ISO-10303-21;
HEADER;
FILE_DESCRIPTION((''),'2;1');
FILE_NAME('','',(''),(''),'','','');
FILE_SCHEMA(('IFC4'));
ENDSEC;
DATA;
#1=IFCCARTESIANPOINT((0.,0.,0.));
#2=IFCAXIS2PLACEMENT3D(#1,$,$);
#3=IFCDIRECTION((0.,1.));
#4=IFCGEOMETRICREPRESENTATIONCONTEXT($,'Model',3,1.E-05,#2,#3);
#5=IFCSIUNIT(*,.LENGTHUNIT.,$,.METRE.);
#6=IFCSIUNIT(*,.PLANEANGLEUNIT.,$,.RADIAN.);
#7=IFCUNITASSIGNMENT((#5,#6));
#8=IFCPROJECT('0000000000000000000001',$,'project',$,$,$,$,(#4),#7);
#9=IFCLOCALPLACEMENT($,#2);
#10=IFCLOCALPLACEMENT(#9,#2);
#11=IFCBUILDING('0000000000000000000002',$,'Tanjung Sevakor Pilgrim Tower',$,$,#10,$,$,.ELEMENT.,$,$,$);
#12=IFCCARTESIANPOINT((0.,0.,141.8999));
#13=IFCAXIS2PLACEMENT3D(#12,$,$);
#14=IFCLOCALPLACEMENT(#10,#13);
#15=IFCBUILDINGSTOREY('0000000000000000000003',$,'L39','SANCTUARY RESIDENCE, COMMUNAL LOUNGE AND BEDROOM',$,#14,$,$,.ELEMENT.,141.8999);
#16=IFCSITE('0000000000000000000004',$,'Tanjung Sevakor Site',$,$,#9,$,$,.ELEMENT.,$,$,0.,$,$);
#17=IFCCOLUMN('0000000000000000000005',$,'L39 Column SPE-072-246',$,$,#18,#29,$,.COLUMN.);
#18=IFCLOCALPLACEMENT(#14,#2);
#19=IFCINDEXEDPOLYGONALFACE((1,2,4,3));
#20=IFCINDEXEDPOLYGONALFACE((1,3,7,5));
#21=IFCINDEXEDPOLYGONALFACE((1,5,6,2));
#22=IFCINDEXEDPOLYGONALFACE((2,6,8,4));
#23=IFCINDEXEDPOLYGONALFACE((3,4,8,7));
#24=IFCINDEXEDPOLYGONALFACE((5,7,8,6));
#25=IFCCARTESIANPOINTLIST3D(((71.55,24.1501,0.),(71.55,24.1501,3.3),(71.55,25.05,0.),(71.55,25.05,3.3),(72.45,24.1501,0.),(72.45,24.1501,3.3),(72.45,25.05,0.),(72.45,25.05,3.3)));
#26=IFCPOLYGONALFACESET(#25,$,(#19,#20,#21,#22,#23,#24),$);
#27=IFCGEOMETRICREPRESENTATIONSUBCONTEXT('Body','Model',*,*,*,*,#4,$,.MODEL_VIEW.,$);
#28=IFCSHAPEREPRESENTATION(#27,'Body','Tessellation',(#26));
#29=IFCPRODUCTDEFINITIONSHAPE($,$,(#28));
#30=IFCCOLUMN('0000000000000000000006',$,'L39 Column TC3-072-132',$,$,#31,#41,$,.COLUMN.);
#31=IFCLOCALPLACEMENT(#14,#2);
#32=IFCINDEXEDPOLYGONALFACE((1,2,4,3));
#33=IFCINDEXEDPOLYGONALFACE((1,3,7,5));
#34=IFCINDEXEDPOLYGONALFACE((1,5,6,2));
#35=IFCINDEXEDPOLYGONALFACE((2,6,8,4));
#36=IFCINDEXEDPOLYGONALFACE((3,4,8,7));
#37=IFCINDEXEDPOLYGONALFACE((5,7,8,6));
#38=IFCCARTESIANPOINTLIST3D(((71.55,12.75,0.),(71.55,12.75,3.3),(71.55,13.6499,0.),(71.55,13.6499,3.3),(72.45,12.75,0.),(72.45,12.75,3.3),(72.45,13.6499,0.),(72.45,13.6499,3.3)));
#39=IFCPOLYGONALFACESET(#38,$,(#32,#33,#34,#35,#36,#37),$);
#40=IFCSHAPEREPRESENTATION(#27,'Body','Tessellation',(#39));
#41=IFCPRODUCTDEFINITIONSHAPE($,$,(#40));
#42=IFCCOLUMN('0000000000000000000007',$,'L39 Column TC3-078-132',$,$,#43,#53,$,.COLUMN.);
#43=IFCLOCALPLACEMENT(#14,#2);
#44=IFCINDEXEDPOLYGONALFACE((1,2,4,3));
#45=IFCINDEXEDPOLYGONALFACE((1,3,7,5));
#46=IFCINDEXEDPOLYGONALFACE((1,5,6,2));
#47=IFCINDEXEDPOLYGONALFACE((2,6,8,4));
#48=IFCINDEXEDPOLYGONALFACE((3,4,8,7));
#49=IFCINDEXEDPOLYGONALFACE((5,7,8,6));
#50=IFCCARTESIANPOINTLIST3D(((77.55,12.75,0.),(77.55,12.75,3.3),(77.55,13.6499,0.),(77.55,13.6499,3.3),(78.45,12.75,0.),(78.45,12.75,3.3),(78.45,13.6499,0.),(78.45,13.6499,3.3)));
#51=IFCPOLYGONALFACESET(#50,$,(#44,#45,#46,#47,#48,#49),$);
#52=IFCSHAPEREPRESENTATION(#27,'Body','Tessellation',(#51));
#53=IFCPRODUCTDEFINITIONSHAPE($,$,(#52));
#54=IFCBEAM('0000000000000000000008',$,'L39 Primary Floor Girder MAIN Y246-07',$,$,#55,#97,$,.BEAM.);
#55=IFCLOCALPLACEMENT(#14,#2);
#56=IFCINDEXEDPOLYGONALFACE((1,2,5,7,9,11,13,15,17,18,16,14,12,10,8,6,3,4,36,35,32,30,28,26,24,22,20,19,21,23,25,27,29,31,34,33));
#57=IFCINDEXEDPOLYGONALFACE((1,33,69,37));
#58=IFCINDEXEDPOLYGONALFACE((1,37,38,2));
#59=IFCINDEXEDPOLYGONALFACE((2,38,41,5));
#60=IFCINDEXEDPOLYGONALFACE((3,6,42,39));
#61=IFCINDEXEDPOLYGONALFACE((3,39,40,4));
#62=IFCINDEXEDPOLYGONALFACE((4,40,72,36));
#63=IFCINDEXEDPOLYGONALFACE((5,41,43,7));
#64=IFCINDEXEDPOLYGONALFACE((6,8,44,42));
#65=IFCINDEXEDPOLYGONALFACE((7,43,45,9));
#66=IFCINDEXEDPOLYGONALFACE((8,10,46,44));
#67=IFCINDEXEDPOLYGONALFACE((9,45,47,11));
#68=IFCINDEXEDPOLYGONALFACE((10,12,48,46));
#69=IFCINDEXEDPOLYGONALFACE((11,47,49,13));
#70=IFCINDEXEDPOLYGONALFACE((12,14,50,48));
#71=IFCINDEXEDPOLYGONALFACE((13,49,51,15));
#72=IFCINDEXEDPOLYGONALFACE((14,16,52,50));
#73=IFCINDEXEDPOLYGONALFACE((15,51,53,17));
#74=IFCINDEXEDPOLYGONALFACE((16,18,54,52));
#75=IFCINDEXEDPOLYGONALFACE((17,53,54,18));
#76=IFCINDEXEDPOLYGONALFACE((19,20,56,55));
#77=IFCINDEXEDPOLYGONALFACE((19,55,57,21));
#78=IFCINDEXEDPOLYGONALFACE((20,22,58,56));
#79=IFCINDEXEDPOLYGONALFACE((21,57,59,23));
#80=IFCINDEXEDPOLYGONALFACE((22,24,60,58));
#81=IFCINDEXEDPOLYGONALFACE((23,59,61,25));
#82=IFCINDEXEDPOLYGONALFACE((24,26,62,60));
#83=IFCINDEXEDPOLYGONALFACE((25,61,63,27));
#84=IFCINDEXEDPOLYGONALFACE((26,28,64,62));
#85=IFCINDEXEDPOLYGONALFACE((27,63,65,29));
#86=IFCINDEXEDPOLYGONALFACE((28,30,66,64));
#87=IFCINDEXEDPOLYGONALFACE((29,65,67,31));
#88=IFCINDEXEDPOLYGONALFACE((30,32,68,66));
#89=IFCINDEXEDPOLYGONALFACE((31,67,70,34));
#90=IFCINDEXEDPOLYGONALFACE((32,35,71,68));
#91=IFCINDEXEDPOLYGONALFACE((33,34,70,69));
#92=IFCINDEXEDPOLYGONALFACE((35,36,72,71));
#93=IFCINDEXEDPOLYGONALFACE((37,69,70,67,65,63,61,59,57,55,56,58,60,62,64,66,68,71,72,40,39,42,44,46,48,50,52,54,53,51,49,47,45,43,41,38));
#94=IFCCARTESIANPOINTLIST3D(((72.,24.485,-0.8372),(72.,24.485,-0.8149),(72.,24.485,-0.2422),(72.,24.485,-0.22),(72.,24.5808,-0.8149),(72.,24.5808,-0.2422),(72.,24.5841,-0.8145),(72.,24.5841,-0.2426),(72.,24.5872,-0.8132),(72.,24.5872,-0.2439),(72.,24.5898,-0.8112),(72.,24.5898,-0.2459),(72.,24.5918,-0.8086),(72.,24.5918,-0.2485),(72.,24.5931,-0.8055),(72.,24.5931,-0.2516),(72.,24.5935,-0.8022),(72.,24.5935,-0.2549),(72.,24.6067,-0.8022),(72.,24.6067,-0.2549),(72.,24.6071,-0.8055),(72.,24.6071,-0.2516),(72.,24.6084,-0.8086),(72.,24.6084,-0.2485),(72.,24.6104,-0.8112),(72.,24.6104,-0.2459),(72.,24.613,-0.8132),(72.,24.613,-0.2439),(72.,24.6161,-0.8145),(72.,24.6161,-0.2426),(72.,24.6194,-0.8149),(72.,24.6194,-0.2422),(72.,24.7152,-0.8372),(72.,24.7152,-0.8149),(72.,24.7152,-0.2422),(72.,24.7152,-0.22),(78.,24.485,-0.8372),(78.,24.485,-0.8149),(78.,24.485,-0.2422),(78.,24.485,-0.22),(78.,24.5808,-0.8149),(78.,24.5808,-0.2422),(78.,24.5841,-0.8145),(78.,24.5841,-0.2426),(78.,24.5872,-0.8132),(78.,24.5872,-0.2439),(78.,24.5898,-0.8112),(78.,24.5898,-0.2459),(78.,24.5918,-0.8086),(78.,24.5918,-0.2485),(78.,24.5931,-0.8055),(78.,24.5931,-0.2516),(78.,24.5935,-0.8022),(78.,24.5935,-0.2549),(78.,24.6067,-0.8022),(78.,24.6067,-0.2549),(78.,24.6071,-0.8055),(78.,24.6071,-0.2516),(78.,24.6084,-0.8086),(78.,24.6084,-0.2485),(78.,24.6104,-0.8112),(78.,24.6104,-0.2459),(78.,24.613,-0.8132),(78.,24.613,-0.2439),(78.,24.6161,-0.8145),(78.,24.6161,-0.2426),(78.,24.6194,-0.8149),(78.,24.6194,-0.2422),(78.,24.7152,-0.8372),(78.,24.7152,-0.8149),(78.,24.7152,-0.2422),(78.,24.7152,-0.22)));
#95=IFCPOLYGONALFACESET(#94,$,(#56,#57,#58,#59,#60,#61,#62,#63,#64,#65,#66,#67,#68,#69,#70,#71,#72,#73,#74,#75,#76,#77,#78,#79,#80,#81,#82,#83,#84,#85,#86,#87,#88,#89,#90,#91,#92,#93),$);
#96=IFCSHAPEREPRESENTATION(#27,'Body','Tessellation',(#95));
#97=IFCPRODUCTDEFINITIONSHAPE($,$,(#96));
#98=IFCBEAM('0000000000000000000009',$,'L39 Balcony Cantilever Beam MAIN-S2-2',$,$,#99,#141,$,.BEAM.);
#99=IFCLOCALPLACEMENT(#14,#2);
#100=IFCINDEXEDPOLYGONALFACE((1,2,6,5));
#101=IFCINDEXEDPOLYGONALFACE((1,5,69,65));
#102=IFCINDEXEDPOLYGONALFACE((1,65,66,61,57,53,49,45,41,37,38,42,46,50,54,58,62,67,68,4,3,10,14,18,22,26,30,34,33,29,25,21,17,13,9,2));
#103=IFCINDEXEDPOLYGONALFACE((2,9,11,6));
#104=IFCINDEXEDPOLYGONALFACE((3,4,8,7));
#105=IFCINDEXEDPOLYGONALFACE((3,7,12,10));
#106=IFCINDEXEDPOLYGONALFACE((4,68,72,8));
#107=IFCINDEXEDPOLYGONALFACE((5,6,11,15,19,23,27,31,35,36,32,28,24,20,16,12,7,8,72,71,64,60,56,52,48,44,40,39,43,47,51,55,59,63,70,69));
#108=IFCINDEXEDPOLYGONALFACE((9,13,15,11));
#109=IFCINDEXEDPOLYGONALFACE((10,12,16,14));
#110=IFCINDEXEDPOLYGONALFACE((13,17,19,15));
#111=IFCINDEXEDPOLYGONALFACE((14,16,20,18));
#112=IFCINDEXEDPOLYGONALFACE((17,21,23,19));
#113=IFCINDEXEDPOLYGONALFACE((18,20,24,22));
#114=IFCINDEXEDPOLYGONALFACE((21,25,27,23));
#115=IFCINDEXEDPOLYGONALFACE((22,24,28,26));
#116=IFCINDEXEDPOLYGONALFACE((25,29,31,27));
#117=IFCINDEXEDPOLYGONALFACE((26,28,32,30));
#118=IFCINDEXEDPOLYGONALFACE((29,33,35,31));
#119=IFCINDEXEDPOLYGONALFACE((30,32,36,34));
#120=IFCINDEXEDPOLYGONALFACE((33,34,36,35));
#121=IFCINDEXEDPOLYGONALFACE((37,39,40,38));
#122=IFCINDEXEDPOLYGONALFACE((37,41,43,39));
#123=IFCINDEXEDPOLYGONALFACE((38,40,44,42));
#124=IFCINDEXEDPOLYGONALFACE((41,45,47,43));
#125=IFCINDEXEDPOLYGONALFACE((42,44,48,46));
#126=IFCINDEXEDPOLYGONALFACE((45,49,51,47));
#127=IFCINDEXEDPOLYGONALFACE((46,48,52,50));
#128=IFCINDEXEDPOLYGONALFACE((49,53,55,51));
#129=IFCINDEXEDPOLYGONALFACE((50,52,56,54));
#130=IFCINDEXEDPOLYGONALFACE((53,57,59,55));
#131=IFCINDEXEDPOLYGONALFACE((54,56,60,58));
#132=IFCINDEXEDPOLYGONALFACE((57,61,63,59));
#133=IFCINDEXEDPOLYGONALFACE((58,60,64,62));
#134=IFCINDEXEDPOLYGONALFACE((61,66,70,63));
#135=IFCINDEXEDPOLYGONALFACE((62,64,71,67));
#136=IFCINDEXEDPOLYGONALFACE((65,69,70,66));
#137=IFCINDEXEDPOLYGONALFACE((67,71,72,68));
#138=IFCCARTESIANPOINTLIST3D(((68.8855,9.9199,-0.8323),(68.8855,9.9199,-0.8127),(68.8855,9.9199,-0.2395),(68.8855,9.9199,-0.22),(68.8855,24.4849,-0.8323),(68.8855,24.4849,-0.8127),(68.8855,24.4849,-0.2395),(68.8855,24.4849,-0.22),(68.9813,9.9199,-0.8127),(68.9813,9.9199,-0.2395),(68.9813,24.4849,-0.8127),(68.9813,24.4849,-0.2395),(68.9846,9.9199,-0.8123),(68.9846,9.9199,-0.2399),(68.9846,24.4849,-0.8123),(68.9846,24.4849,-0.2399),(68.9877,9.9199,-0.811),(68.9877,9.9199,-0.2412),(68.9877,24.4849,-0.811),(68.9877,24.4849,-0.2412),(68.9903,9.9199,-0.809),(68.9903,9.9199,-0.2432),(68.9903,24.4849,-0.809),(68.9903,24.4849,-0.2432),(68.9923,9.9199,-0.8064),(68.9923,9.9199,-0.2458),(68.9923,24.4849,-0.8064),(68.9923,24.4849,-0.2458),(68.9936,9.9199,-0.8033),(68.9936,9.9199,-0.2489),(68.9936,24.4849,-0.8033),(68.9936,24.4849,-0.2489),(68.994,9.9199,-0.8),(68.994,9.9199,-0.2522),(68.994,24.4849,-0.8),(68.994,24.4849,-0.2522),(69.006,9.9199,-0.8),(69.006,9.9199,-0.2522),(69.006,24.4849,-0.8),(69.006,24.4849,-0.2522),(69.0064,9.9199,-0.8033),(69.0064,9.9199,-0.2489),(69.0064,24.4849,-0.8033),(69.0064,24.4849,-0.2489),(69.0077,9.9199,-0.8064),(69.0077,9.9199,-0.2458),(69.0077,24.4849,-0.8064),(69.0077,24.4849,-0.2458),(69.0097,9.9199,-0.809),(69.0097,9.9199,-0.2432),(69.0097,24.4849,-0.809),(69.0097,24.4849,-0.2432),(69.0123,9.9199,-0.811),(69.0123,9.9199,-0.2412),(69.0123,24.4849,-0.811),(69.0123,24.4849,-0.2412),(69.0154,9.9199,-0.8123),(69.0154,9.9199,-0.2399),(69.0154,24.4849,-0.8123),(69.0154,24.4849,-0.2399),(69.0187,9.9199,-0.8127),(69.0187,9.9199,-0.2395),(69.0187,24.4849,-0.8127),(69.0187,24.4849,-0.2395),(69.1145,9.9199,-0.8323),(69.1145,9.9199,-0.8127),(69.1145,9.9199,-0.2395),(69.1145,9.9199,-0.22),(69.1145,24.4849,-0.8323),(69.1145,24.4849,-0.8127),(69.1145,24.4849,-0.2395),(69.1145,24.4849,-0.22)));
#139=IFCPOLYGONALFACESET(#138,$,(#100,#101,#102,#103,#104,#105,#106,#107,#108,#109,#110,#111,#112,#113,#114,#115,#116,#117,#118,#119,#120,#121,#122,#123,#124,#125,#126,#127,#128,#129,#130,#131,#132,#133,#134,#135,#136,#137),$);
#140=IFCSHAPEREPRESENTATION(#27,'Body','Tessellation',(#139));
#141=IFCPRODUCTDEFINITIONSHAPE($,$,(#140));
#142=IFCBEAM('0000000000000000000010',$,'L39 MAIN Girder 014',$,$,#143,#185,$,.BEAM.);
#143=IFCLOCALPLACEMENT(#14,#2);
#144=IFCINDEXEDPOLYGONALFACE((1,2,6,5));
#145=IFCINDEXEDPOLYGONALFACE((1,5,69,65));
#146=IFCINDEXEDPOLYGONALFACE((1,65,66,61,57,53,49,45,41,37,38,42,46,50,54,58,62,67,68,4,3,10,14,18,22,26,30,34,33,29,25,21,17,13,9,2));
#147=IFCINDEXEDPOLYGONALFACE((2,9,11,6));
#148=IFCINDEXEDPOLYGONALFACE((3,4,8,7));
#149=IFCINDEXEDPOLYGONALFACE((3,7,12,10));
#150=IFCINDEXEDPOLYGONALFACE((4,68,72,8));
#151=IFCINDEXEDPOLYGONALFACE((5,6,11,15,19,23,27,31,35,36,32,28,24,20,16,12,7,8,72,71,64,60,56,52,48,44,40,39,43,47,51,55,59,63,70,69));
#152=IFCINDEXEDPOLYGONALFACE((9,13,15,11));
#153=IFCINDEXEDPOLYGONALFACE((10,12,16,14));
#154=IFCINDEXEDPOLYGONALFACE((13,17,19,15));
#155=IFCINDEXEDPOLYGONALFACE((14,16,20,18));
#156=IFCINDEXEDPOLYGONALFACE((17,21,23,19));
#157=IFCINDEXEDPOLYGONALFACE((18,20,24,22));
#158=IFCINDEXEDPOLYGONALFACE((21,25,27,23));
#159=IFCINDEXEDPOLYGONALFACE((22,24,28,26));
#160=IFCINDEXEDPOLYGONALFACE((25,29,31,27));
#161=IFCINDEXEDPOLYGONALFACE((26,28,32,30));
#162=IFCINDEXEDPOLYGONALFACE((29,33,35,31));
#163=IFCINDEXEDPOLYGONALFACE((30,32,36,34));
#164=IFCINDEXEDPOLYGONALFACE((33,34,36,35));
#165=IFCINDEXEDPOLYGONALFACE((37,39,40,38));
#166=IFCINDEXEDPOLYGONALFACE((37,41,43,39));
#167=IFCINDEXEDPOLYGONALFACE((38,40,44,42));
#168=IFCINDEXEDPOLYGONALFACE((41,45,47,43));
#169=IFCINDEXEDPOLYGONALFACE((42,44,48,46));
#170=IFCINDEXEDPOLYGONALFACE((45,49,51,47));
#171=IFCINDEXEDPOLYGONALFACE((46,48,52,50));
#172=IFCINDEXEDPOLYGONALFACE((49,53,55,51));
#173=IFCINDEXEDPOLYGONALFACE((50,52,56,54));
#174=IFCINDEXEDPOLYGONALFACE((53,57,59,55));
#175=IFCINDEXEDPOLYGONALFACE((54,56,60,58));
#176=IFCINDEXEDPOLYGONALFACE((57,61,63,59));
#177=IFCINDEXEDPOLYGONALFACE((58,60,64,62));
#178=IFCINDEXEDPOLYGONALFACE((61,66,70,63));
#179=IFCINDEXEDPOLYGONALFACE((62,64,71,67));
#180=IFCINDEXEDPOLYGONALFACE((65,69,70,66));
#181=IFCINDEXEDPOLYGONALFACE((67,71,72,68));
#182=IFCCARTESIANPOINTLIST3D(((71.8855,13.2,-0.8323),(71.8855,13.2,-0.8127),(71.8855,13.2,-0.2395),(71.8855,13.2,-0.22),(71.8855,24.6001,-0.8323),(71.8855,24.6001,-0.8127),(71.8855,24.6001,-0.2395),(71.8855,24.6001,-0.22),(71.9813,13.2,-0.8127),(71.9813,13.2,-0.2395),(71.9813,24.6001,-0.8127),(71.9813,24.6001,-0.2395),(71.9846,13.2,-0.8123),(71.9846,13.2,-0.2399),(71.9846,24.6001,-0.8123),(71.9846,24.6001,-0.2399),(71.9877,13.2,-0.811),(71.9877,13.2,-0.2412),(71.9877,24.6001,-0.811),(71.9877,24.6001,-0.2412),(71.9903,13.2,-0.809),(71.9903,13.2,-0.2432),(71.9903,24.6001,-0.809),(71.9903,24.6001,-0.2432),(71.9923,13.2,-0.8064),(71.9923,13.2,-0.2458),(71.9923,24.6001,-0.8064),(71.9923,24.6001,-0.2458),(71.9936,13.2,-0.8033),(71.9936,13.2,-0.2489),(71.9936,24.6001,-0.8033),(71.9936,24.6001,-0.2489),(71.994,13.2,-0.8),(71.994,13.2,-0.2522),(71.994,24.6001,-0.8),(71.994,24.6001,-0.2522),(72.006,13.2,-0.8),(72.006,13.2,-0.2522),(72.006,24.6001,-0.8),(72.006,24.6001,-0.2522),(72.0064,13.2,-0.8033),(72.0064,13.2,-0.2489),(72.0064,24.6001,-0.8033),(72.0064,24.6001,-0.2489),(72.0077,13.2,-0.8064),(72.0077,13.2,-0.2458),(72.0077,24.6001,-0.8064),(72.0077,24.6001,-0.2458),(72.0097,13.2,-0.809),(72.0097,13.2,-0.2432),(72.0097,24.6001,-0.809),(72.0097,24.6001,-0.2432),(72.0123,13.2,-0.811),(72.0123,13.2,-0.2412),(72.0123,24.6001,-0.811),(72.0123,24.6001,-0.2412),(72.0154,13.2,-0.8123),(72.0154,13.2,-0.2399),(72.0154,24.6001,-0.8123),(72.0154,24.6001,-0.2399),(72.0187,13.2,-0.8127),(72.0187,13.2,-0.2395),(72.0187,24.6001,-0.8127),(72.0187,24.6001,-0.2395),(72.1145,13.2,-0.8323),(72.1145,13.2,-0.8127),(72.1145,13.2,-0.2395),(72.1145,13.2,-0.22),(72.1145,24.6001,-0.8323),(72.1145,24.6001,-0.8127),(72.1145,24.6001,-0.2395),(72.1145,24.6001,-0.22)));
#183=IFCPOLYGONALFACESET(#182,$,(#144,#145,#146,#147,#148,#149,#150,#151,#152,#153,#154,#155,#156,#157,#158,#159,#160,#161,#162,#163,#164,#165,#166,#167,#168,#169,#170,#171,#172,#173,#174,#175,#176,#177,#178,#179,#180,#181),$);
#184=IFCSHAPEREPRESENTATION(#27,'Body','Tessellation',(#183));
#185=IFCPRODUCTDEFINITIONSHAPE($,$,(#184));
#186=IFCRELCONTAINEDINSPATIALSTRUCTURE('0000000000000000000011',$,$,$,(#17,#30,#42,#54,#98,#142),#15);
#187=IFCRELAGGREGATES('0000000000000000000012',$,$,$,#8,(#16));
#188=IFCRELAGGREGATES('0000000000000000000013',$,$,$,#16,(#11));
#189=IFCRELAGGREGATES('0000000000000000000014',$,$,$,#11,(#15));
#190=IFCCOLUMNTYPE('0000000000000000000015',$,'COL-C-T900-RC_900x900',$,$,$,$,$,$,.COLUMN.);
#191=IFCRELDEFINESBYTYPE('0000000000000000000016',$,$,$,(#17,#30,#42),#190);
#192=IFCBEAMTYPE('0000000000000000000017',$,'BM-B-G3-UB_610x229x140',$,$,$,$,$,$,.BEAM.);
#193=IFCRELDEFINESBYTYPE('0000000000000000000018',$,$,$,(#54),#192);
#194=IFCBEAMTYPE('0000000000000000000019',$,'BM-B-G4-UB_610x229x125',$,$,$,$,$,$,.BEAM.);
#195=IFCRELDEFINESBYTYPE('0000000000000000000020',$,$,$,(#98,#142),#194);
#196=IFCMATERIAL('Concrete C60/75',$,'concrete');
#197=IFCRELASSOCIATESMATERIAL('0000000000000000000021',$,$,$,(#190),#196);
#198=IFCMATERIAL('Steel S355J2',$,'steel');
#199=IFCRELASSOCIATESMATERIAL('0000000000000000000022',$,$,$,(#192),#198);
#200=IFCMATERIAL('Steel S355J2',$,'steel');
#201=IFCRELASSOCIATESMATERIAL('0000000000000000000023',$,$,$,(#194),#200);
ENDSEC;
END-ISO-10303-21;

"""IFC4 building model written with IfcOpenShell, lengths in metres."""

from ifc_helpers import new_model, si_unit, direction, frame, origin, origin_2d, place, context, subcontext, project, spatial, rectangle, i_section, extrude, material, material_profile, profile_set, type_object, element, save


model = new_model("IFC4")

# Units and contexts
model_context = context("Model", 3, precision=1e-05, world=origin(), true_north=direction((0.0, 1.0)))
body_context = subcontext(model_context, "Body", "Model", "MODEL_VIEW")
ifc_project = project(units=[si_unit("LENGTHUNIT", "METRE"), si_unit("PLANEANGLEUNIT", "RADIAN")], contexts=[model_context])

# Site, building, storey
site_placement = place(None, origin())
site = spatial("IfcSite", under=ifc_project, at=site_placement, Name="Tanjung Sevakor Site", CompositionType="ELEMENT", RefElevation=0.0)
building_placement = place(site_placement, origin())
building = spatial("IfcBuilding", under=site, at=building_placement, Name="Tanjung Sevakor Pilgrim Tower", CompositionType="ELEMENT")
storey_placement = place(building_placement, frame((0.0, 0.0, 141.8999)))
storey = spatial("IfcBuildingStorey", under=building, at=storey_placement, Name="L39", Description="SANCTUARY RESIDENCE, COMMUNAL LOUNGE AND BEDROOM", CompositionType="ELEMENT", Elevation=141.8999)

# Columns
ifc_material_1 = material(Name="Concrete C60/75", Category="concrete")
ifc_material_profile_1 = material_profile(ifc_material_1, rectangle(XDim=0.8999, YDim=0.8999, at=origin_2d()))
ifc_profile_set_1 = profile_set([ifc_material_profile_1], Name="Concrete C60/75")
column_type = type_object("IfcColumnType", Name="COL-C-T900-RC_900x900", PredefinedType="COLUMN", material=ifc_profile_set_1)
for number, where, z_axis, x_axis, name in (
    (1, (72.0, 24.6001, 0.0), (0.0, 0.0, 1.0), (1.0, 0.0, 0.0), "L39 Column SPE-072-246"),
    (2, (72.0, 13.2, 0.0), (0.0, 0.0, 1.0), (1.0, 0.0, 0.0), "L39 Column TC3-072-132"),
    (3, (78.0, 13.2, 0.0), (0.0, 0.0, 1.0), (1.0, 0.0, 0.0), "L39 Column TC3-078-132"),
):
    element("IfcColumn", number, at=place(storey_placement, frame(where, z_axis=z_axis, x_axis=x_axis)), inside=storey, type_object=column_type, Name=name, PredefinedType="COLUMN", context=body_context, shape_type="SweptSolid", body=[
        extrude(rectangle(XDim=0.8999, YDim=0.8999, at=origin_2d()), origin(), (0.0, 0.0, 1.0), 3.3),
    ])

# Beams
ifc_material_2 = material(Name="Steel S355J2", Category="steel")
ifc_material_profile_2 = material_profile(ifc_material_2, i_section(OverallWidth=0.2302, OverallDepth=0.6172, WebThickness=0.0132, FlangeThickness=0.0222, FilletRadius=0.0127, at=origin_2d()))
ifc_profile_set_2 = profile_set([ifc_material_profile_2], Name="Steel S355J2")
beam_type_1 = type_object("IfcBeamType", Name="BM-B-G3-UB_610x229x140", PredefinedType="BEAM", material=ifc_profile_set_2)
beam_1_placement = place(storey_placement, frame((72.0, 24.6001, -0.5286), z_axis=(1.0, 0.0, 0.0), x_axis=(0.0, 1.0, 0.0)))
element("IfcBeam", 4, at=beam_1_placement, inside=storey, type_object=beam_type_1, Name="L39 Primary Floor Girder MAIN Y246-07", PredefinedType="BEAM", context=body_context, shape_type="SweptSolid", body=[
    extrude(i_section(OverallWidth=0.2302, OverallDepth=0.6172, WebThickness=0.0132, FlangeThickness=0.0222, FilletRadius=0.0127, at=origin_2d()), origin(), (0.0, 0.0, 1.0), 6.0),
])
ifc_material_3 = material(Name="Steel S355J2", Category="steel")
ifc_material_profile_3 = material_profile(ifc_material_3, i_section(OverallWidth=0.229, OverallDepth=0.6123, WebThickness=0.012, FlangeThickness=0.0195, FilletRadius=0.0127, at=origin_2d()))
ifc_profile_set_3 = profile_set([ifc_material_profile_3], Name="Steel S355J2")
beam_type_2 = type_object("IfcBeamType", Name="BM-B-G4-UB_610x229x125", PredefinedType="BEAM", material=ifc_profile_set_3)
beam_2_placement = place(storey_placement, frame((69.0, 24.4849, -0.5261), z_axis=(0.0, -1.0, 0.0), x_axis=(1.0, 0.0, 0.0)))
element("IfcBeam", 5, at=beam_2_placement, inside=storey, type_object=beam_type_2, Name="L39 Balcony Cantilever Beam MAIN-S2-2", PredefinedType="BEAM", context=body_context, shape_type="SweptSolid", body=[
    extrude(i_section(OverallWidth=0.229, OverallDepth=0.6123, WebThickness=0.012, FlangeThickness=0.0195, FilletRadius=0.0127, at=origin_2d()), origin(), (0.0, 0.0, 1.0), 14.5649),
])
beam_3_placement = place(storey_placement, frame((72.0, 13.2, -0.5261), z_axis=(0.0, 1.0, 0.0), x_axis=(-1.0, 0.0, 0.0)))
element("IfcBeam", 6, at=beam_3_placement, inside=storey, type_object=beam_type_2, Name="L39 MAIN Girder 014", PredefinedType="BEAM", context=body_context, shape_type="SweptSolid", body=[
    extrude(i_section(OverallWidth=0.229, OverallDepth=0.6123, WebThickness=0.012, FlangeThickness=0.0195, FilletRadius=0.0127, at=origin_2d()), origin(), (0.0, 0.0, 1.0), 11.4001),
])

save(model, "model.ifc")
